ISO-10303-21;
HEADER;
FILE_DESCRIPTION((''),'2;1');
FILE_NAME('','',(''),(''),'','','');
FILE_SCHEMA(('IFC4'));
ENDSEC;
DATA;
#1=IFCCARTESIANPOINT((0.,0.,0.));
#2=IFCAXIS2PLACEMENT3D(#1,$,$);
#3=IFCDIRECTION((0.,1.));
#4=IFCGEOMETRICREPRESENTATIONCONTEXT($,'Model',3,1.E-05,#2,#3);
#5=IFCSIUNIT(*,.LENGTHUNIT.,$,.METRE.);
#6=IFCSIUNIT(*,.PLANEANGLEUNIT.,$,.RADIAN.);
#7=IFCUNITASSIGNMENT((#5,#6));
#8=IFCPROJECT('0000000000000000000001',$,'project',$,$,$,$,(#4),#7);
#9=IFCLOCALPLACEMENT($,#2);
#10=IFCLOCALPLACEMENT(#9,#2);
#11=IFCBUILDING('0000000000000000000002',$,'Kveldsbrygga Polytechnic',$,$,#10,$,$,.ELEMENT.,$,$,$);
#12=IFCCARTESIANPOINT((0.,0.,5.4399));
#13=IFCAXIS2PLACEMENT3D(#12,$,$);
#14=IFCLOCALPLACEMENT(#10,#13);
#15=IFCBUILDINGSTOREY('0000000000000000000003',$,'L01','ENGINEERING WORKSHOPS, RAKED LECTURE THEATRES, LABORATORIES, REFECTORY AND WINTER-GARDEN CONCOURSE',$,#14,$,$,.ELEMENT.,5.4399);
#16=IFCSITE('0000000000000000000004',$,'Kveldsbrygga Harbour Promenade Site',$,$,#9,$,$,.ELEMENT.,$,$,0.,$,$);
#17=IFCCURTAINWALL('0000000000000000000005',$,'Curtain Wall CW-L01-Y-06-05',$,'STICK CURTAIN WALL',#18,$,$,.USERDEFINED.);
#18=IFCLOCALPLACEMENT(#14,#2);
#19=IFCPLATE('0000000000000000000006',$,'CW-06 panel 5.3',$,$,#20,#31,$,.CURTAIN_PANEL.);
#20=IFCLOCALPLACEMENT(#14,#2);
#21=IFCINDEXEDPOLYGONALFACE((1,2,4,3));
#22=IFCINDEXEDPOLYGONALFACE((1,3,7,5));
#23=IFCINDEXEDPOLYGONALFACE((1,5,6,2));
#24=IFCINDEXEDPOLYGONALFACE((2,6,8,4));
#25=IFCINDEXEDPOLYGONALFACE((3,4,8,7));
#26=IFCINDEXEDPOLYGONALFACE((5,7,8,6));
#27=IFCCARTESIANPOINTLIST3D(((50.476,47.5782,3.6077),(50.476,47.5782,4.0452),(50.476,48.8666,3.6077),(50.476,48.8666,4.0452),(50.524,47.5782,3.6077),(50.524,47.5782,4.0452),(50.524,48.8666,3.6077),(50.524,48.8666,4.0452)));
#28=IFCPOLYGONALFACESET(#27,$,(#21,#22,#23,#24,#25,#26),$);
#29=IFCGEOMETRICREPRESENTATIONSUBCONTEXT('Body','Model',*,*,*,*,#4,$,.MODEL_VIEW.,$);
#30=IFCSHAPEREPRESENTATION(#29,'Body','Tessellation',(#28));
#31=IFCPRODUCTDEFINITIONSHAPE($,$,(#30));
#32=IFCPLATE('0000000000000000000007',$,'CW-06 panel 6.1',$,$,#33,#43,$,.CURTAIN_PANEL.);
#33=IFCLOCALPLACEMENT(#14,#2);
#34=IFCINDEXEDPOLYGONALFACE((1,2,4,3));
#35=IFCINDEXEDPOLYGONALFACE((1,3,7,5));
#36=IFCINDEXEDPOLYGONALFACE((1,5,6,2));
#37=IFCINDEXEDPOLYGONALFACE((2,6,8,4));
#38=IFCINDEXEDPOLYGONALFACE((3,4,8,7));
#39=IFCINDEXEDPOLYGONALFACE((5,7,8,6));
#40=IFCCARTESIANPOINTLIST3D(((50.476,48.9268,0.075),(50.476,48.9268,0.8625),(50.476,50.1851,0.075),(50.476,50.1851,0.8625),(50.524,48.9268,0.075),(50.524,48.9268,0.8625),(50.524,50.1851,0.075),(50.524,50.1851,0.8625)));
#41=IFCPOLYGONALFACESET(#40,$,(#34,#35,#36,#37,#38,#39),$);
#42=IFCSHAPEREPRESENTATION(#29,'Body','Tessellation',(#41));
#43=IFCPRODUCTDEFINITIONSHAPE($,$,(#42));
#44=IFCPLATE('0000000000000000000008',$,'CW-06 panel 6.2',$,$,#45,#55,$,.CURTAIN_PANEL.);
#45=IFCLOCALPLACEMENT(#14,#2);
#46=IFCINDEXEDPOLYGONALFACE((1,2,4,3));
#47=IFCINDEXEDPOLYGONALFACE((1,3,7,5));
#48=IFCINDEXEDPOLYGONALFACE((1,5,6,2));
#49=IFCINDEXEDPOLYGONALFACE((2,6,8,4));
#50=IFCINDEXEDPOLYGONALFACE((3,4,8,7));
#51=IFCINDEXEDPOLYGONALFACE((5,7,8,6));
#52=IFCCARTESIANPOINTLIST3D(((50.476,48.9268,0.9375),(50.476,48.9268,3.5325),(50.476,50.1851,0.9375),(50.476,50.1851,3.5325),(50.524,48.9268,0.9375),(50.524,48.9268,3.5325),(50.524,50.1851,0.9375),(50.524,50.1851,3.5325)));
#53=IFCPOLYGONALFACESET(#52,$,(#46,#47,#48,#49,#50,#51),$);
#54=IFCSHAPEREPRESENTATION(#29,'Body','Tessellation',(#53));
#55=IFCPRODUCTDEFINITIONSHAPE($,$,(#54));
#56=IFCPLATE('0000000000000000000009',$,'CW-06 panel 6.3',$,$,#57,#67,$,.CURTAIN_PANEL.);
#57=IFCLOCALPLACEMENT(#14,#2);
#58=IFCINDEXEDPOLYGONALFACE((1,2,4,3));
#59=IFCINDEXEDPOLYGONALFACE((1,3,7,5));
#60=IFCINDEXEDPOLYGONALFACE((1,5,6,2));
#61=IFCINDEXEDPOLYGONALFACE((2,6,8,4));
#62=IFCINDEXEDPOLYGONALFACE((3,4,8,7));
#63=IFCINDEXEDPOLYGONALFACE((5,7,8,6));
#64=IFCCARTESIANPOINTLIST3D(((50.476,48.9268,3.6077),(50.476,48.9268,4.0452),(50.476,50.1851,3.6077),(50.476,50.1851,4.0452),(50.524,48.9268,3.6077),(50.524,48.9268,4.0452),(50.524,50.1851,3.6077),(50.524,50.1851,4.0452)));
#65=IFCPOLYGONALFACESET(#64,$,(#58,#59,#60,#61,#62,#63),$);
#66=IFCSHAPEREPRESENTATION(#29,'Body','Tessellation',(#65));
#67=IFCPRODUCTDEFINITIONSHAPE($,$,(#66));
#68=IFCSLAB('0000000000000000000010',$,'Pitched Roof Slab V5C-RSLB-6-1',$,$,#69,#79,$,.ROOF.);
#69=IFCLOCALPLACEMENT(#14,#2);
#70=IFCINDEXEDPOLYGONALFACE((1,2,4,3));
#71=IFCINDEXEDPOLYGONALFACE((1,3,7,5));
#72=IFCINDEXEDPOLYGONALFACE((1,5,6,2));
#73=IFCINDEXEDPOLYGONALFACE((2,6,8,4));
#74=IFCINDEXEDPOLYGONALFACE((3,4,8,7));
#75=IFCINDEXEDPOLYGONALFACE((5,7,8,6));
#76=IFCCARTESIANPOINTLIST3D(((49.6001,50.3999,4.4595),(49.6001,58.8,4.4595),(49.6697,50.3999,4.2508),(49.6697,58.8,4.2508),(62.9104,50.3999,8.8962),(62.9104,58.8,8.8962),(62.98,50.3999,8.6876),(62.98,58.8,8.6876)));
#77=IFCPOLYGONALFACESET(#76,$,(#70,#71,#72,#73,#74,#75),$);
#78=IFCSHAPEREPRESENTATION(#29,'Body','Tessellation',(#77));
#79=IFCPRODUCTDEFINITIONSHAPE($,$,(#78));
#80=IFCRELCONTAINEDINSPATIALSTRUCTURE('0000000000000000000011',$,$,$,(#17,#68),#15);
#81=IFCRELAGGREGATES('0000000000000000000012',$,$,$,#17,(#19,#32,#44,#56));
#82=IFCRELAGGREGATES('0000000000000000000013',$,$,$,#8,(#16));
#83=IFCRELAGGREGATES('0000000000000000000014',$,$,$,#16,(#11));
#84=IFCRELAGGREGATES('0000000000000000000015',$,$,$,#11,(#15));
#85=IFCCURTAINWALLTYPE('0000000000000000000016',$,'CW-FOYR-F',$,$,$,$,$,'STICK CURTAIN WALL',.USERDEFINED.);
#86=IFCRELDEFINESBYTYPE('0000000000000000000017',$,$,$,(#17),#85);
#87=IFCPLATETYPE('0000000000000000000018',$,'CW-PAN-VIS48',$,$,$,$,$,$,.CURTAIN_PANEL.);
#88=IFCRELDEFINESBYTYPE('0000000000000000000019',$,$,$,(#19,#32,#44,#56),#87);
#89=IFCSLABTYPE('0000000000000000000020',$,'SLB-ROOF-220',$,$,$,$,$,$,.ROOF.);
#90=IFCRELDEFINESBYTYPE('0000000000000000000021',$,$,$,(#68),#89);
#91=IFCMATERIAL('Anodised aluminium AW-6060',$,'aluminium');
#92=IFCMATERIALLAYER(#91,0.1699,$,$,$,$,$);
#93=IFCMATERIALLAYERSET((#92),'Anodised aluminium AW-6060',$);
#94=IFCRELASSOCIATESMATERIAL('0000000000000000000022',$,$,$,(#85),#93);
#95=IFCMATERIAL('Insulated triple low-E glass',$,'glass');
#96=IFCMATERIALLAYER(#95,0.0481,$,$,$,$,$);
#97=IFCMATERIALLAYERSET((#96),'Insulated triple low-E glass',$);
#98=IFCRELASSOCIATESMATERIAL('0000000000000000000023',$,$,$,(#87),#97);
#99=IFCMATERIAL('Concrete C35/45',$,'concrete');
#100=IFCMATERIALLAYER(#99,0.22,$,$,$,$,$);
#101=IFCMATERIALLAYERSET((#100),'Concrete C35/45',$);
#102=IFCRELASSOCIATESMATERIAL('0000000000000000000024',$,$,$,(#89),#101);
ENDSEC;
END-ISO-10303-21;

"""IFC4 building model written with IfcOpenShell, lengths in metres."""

from ifc_helpers import new_model, si_unit, direction, frame, origin, origin_2d, place, context, subcontext, project, spatial, polyline, rectangle, outline, extrude, material, layer, layer_set, type_object, element, aggregate, save


model = new_model("IFC4")

# Units and contexts
model_context = context("Model", 3, precision=1e-05, world=origin(), true_north=direction((0.0, 1.0)))
body_context = subcontext(model_context, "Body", "Model", "MODEL_VIEW")
ifc_project = project(units=[si_unit("LENGTHUNIT", "METRE"), si_unit("PLANEANGLEUNIT", "RADIAN")], contexts=[model_context])

# Site, building, storey
site_placement = place(None, origin())
site = spatial("IfcSite", under=ifc_project, at=site_placement, Name="Kveldsbrygga Harbour Promenade Site", CompositionType="ELEMENT", RefElevation=0.0)
building_placement = place(site_placement, origin())
building = spatial("IfcBuilding", under=site, at=building_placement, Name="Kveldsbrygga Polytechnic", CompositionType="ELEMENT")
storey_placement = place(building_placement, frame((0.0, 0.0, 5.4399)))
storey = spatial("IfcBuildingStorey", under=building, at=storey_placement, Name="L01", Description="ENGINEERING WORKSHOPS, RAKED LECTURE THEATRES, LABORATORIES, REFECTORY AND WINTER-GARDEN CONCOURSE", CompositionType="ELEMENT", Elevation=5.4399)

# Curtain wall
ifc_material_1 = material(Name="Anodised aluminium AW-6060", Category="aluminium")
ifc_layer_1 = layer(ifc_material_1, 0.1699)
ifc_layer_set_1 = layer_set([ifc_layer_1], Name="Anodised aluminium AW-6060")
curtain_wall_type_1 = type_object("IfcCurtainWallType", Name="CW-FOYR-F", ElementType="STICK CURTAIN WALL", PredefinedType="USERDEFINED", material=ifc_layer_set_1)
curtain_wall_1_placement = place(storey_placement, origin())
curtain_wall_1 = element("IfcCurtainWall", 1, at=curtain_wall_1_placement, inside=storey, type_object=curtain_wall_type_1, Name="Curtain Wall CW-L01-Y-06-05", ObjectType="STICK CURTAIN WALL", PredefinedType="USERDEFINED")

# Plates
ifc_material_2 = material(Name="Insulated triple low-E glass", Category="glass")
ifc_layer_2 = layer(ifc_material_2, 0.0481)
ifc_layer_set_2 = layer_set([ifc_layer_2], Name="Insulated triple low-E glass")
plate_type_1 = type_object("IfcPlateType", Name="CW-PAN-VIS48", PredefinedType="CURTAIN_PANEL", material=ifc_layer_set_2)
plate_1_placement = place(storey_placement, frame((50.5, 48.2224, 3.6077), z_axis=(0.0, 0.0, 1.0), x_axis=(0.0, 1.0, 0.0)))
plate_1 = element("IfcPlate", 2, at=plate_1_placement, type_object=plate_type_1, Name="CW-06 panel 5.3", PredefinedType="CURTAIN_PANEL", context=body_context, shape_type="SweptSolid", body=[
    extrude(rectangle(XDim=1.2883, YDim=0.0481, at=origin_2d()), origin(), (0.0, 0.0, 1.0), 0.4375),
])
plate_2_placement = place(storey_placement, frame((50.5, 49.5559, 0.075), z_axis=(0.0, 0.0, 1.0), x_axis=(0.0, 1.0, 0.0)))
plate_2 = element("IfcPlate", 3, at=plate_2_placement, type_object=plate_type_1, Name="CW-06 panel 6.1", PredefinedType="CURTAIN_PANEL", context=body_context, shape_type="SweptSolid", body=[
    extrude(rectangle(XDim=1.2583, YDim=0.0481, at=origin_2d()), origin(), (0.0, 0.0, 1.0), 0.7876),
])
plate_3_placement = place(storey_placement, frame((50.5, 49.5559, 0.9375), z_axis=(0.0, 0.0, 1.0), x_axis=(0.0, 1.0, 0.0)))
plate_3 = element("IfcPlate", 4, at=plate_3_placement, type_object=plate_type_1, Name="CW-06 panel 6.2", PredefinedType="CURTAIN_PANEL", context=body_context, shape_type="SweptSolid", body=[
    extrude(rectangle(XDim=1.2583, YDim=0.0481, at=origin_2d()), origin(), (0.0, 0.0, 1.0), 2.595),
])
plate_4_placement = place(storey_placement, frame((50.5, 49.5559, 3.6077), z_axis=(0.0, 0.0, 1.0), x_axis=(0.0, 1.0, 0.0)))
plate_4 = element("IfcPlate", 5, at=plate_4_placement, type_object=plate_type_1, Name="CW-06 panel 6.3", PredefinedType="CURTAIN_PANEL", context=body_context, shape_type="SweptSolid", body=[
    extrude(rectangle(XDim=1.2583, YDim=0.0481, at=origin_2d()), origin(), (0.0, 0.0, 1.0), 0.4375),
])
aggregate(curtain_wall_1, [plate_1, plate_2, plate_3, plate_4])

# Slab
ifc_material_3 = material(Name="Concrete C35/45", Category="concrete")
ifc_layer_3 = layer(ifc_material_3, 0.22)
ifc_layer_set_3 = layer_set([ifc_layer_3], Name="Concrete C35/45")
slab_type = type_object("IfcSlabType", Name="SLB-ROOF-220", PredefinedType="ROOF", material=ifc_layer_set_3)
slab_placement = place(storey_placement, frame((49.6001, 50.3999, 4.4595), z_axis=(-0.316228, 0.0, 0.948683), x_axis=(0.948683, 0.0, 0.316228)))
element("IfcSlab", 6, at=slab_placement, inside=storey, type_object=slab_type, Name="Pitched Roof Slab V5C-RSLB-6-1", PredefinedType="ROOF", context=body_context, shape_type="SweptSolid", body=[
    extrude(outline(polyline([(0.0, 0.0), (14.0303, 0.0), (14.0303, 8.4001), (0.0, 8.4001), (0.0, 0.0)])), origin(), (0.0, 0.0, -1.0), 0.22),
])

save(model, "model.ifc")
